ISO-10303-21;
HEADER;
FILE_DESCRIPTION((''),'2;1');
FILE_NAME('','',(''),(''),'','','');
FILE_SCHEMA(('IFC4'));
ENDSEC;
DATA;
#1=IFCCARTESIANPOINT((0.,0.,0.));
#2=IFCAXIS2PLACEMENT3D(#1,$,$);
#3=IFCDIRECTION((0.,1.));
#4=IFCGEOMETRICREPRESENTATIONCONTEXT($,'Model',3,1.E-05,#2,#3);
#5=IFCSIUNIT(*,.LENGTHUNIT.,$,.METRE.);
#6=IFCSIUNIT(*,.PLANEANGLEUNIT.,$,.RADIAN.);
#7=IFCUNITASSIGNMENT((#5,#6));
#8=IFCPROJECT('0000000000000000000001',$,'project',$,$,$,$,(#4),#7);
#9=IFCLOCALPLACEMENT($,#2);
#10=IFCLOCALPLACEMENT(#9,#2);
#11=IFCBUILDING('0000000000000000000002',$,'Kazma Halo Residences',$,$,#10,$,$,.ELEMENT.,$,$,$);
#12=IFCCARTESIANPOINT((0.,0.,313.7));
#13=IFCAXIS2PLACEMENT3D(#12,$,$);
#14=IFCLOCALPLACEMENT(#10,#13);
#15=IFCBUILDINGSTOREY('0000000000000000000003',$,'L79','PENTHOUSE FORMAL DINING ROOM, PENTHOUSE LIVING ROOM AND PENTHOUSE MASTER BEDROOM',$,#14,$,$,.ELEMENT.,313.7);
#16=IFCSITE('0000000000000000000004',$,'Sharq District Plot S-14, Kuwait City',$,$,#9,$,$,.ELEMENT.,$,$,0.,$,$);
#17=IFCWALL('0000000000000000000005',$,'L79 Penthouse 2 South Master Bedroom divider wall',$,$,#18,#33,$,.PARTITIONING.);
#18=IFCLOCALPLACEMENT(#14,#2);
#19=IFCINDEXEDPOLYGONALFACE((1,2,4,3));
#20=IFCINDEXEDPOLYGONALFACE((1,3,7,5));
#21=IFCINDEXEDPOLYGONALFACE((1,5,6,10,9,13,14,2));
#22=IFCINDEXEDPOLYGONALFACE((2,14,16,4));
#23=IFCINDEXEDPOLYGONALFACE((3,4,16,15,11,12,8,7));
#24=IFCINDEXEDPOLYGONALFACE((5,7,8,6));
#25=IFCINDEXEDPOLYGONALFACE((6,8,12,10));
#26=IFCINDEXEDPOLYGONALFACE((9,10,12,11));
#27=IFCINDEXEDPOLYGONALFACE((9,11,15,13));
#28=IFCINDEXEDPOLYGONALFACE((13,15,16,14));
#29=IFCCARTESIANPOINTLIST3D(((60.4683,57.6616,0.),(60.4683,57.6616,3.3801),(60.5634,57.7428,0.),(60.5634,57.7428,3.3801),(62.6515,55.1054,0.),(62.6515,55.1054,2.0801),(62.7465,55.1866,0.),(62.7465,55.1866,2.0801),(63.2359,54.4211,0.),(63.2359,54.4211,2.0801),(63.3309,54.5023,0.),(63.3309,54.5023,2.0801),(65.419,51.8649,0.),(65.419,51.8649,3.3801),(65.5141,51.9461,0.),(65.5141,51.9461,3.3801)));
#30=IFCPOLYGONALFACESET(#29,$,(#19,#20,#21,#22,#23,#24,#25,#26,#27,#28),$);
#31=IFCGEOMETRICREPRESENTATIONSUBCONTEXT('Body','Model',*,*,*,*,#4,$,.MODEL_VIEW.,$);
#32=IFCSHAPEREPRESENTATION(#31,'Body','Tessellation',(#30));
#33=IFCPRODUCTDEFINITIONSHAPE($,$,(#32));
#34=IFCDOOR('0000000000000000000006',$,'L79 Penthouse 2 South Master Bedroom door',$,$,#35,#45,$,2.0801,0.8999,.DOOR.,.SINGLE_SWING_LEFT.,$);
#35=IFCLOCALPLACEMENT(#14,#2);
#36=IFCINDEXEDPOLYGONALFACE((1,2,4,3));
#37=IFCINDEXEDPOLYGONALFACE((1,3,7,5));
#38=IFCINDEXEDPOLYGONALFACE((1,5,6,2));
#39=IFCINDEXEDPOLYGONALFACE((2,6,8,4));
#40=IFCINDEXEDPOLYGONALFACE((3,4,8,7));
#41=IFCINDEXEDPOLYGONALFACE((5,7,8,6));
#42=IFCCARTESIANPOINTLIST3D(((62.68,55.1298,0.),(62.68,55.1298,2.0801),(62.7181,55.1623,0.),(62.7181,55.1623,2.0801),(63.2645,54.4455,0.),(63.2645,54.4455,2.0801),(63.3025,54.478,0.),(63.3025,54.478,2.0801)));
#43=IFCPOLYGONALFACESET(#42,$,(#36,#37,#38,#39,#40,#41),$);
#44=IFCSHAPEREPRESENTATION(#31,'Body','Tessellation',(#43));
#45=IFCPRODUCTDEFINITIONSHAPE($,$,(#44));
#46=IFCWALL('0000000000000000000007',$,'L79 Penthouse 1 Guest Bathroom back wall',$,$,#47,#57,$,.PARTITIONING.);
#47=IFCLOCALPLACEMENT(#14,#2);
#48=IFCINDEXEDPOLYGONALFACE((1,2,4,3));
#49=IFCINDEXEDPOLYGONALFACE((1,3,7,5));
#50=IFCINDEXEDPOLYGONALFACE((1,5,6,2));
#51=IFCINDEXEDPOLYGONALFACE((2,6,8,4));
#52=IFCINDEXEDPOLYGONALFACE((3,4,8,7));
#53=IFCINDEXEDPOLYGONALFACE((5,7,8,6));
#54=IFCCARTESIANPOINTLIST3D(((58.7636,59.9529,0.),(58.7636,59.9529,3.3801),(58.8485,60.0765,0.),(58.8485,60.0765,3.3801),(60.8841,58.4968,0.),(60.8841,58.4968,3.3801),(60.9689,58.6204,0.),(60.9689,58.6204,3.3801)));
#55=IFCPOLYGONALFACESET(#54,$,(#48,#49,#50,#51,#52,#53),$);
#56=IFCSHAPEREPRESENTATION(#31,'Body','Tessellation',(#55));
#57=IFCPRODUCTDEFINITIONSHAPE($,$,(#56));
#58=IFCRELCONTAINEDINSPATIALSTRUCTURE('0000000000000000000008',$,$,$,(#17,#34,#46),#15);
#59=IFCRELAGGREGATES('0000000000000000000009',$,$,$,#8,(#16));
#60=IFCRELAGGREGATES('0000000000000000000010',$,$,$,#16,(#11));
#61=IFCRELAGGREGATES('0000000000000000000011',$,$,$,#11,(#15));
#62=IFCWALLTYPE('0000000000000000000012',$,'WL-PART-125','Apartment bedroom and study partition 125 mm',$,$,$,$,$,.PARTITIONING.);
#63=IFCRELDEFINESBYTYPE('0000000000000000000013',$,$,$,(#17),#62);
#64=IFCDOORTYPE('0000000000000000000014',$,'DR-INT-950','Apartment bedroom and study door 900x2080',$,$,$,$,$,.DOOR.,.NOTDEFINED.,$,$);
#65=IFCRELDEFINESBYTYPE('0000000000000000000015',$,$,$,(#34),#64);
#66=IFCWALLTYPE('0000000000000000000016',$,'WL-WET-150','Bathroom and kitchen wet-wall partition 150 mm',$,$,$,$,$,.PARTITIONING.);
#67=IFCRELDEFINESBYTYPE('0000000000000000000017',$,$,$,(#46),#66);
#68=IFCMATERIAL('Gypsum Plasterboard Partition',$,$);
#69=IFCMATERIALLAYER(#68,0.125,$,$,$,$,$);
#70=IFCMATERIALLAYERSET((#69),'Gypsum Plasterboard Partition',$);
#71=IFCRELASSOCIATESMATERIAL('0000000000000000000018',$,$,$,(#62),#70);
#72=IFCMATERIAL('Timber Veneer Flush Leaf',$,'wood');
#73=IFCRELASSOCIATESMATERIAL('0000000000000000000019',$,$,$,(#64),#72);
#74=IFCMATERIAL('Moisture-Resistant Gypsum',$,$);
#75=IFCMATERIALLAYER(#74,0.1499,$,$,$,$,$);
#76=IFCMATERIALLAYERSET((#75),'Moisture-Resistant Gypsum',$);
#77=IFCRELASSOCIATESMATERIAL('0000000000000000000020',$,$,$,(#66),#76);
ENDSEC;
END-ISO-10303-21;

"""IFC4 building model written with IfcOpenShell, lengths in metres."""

from ifc_helpers import new_model, si_unit, direction, frame, frame_2d, origin, place, context, subcontext, project, spatial, rectangle, extrude, material, layer, layer_set, type_object, element, fill, save


model = new_model("IFC4")

# Units and contexts
model_context = context("Model", 3, precision=1e-05, world=origin(), true_north=direction((0.0, 1.0)))
body_context = subcontext(model_context, "Body", "Model", "MODEL_VIEW")
ifc_project = project(units=[si_unit("LENGTHUNIT", "METRE"), si_unit("PLANEANGLEUNIT", "RADIAN")], contexts=[model_context])

# Site, building, storey
site_placement = place(None, origin())
site = spatial("IfcSite", under=ifc_project, at=site_placement, Name="Sharq District Plot S-14, Kuwait City", CompositionType="ELEMENT", RefElevation=0.0)
building_placement = place(site_placement, origin())
building = spatial("IfcBuilding", under=site, at=building_placement, Name="Kazma Halo Residences", CompositionType="ELEMENT")
storey_placement = place(building_placement, frame((0.0, 0.0, 313.7)))
storey = spatial("IfcBuildingStorey", under=building, at=storey_placement, Name="L79", Description="PENTHOUSE FORMAL DINING ROOM, PENTHOUSE LIVING ROOM AND PENTHOUSE MASTER BEDROOM", CompositionType="ELEMENT", Elevation=313.7)

# Wall, opening, door
ifc_material_1 = material(Name="Gypsum Plasterboard Partition")
ifc_layer_1 = layer(ifc_material_1, 0.125)
ifc_layer_set_1 = layer_set([ifc_layer_1], Name="Gypsum Plasterboard Partition")
wall_type_1 = type_object("IfcWallType", Name="WL-PART-125", Description="Apartment bedroom and study partition 125 mm", PredefinedType="PARTITIONING", material=ifc_layer_set_1)
wall_1_placement = place(storey_placement, frame((65.4666, 51.9055, 0.0), z_axis=(0.0, 0.0, 1.0), x_axis=(-0.64944, 0.760413, 0.0)))
wall_1 = element("IfcWall", 1, at=wall_1_placement, inside=storey, type_object=wall_type_1, Name="L79 Penthouse 2 South Master Bedroom divider wall", PredefinedType="PARTITIONING", context=body_context, shape_type="SweptSolid", body=[
    extrude(rectangle(XDim=7.623, YDim=0.125, at=frame_2d((3.8115, 0.0))), origin(), (0.0, 0.0, 1.0), 3.3801),
])
opening_placement = place(wall_1_placement, frame((3.3616, 0.0, 0.0)))
opening = element("IfcOpeningElement", 2, at=opening_placement, cuts=wall_1, PredefinedType="OPENING", context=body_context, shape_type="SweptSolid", body=[
    extrude(rectangle(XDim=0.8999, YDim=2.0801, at=frame_2d((0.45, 1.04))), frame((0.0, 0.0725, 0.0), z_axis=(0.0, -1.0, 0.0), x_axis=(1.0, 0.0, 0.0)), (0.0, 0.0, 1.0), 0.145),
])
ifc_material_2 = material(Name="Timber Veneer Flush Leaf", Category="wood")
door_type = type_object("IfcDoorType", Name="DR-INT-950", Description="Apartment bedroom and study door 900x2080", OperationType="NOTDEFINED", PredefinedType="DOOR", material=ifc_material_2)
door_placement = place(opening_placement, origin())
door = element("IfcDoor", 3, at=door_placement, inside=storey, type_object=door_type, Name="L79 Penthouse 2 South Master Bedroom door", OperationType="SINGLE_SWING_LEFT", OverallHeight=2.0801, OverallWidth=0.8999, PredefinedType="DOOR", context=body_context, shape_type="SweptSolid", body=[
    extrude(rectangle(XDim=0.8999, YDim=2.0801, at=frame_2d((0.45, 1.04))), frame((0.0, 0.0249, 0.0), z_axis=(0.0, -1.0, 0.0), x_axis=(1.0, 0.0, 0.0)), (0.0, 0.0, 1.0), 0.05),
])
fill(opening, door)

# Wall
ifc_material_3 = material(Name="Moisture-Resistant Gypsum")
ifc_layer_2 = layer(ifc_material_3, 0.1499)
ifc_layer_set_2 = layer_set([ifc_layer_2], Name="Moisture-Resistant Gypsum")
wall_type_2 = type_object("IfcWallType", Name="WL-WET-150", Description="Bathroom and kitchen wet-wall partition 150 mm", PredefinedType="PARTITIONING", material=ifc_layer_set_2)
wall_2_placement = place(storey_placement, frame((60.9265, 58.5586, 0.0), z_axis=(0.0, 0.0, 1.0), x_axis=(-0.824349, 0.566082, 0.0)))
element("IfcWall", 4, at=wall_2_placement, inside=storey, type_object=wall_type_2, Name="L79 Penthouse 1 Guest Bathroom back wall", PredefinedType="PARTITIONING", context=body_context, shape_type="SweptSolid", body=[
    extrude(rectangle(XDim=2.5723, YDim=0.1499, at=frame_2d((1.2861, 0.0))), origin(), (0.0, 0.0, 1.0), 3.3801),
])

save(model, "model.ifc")
